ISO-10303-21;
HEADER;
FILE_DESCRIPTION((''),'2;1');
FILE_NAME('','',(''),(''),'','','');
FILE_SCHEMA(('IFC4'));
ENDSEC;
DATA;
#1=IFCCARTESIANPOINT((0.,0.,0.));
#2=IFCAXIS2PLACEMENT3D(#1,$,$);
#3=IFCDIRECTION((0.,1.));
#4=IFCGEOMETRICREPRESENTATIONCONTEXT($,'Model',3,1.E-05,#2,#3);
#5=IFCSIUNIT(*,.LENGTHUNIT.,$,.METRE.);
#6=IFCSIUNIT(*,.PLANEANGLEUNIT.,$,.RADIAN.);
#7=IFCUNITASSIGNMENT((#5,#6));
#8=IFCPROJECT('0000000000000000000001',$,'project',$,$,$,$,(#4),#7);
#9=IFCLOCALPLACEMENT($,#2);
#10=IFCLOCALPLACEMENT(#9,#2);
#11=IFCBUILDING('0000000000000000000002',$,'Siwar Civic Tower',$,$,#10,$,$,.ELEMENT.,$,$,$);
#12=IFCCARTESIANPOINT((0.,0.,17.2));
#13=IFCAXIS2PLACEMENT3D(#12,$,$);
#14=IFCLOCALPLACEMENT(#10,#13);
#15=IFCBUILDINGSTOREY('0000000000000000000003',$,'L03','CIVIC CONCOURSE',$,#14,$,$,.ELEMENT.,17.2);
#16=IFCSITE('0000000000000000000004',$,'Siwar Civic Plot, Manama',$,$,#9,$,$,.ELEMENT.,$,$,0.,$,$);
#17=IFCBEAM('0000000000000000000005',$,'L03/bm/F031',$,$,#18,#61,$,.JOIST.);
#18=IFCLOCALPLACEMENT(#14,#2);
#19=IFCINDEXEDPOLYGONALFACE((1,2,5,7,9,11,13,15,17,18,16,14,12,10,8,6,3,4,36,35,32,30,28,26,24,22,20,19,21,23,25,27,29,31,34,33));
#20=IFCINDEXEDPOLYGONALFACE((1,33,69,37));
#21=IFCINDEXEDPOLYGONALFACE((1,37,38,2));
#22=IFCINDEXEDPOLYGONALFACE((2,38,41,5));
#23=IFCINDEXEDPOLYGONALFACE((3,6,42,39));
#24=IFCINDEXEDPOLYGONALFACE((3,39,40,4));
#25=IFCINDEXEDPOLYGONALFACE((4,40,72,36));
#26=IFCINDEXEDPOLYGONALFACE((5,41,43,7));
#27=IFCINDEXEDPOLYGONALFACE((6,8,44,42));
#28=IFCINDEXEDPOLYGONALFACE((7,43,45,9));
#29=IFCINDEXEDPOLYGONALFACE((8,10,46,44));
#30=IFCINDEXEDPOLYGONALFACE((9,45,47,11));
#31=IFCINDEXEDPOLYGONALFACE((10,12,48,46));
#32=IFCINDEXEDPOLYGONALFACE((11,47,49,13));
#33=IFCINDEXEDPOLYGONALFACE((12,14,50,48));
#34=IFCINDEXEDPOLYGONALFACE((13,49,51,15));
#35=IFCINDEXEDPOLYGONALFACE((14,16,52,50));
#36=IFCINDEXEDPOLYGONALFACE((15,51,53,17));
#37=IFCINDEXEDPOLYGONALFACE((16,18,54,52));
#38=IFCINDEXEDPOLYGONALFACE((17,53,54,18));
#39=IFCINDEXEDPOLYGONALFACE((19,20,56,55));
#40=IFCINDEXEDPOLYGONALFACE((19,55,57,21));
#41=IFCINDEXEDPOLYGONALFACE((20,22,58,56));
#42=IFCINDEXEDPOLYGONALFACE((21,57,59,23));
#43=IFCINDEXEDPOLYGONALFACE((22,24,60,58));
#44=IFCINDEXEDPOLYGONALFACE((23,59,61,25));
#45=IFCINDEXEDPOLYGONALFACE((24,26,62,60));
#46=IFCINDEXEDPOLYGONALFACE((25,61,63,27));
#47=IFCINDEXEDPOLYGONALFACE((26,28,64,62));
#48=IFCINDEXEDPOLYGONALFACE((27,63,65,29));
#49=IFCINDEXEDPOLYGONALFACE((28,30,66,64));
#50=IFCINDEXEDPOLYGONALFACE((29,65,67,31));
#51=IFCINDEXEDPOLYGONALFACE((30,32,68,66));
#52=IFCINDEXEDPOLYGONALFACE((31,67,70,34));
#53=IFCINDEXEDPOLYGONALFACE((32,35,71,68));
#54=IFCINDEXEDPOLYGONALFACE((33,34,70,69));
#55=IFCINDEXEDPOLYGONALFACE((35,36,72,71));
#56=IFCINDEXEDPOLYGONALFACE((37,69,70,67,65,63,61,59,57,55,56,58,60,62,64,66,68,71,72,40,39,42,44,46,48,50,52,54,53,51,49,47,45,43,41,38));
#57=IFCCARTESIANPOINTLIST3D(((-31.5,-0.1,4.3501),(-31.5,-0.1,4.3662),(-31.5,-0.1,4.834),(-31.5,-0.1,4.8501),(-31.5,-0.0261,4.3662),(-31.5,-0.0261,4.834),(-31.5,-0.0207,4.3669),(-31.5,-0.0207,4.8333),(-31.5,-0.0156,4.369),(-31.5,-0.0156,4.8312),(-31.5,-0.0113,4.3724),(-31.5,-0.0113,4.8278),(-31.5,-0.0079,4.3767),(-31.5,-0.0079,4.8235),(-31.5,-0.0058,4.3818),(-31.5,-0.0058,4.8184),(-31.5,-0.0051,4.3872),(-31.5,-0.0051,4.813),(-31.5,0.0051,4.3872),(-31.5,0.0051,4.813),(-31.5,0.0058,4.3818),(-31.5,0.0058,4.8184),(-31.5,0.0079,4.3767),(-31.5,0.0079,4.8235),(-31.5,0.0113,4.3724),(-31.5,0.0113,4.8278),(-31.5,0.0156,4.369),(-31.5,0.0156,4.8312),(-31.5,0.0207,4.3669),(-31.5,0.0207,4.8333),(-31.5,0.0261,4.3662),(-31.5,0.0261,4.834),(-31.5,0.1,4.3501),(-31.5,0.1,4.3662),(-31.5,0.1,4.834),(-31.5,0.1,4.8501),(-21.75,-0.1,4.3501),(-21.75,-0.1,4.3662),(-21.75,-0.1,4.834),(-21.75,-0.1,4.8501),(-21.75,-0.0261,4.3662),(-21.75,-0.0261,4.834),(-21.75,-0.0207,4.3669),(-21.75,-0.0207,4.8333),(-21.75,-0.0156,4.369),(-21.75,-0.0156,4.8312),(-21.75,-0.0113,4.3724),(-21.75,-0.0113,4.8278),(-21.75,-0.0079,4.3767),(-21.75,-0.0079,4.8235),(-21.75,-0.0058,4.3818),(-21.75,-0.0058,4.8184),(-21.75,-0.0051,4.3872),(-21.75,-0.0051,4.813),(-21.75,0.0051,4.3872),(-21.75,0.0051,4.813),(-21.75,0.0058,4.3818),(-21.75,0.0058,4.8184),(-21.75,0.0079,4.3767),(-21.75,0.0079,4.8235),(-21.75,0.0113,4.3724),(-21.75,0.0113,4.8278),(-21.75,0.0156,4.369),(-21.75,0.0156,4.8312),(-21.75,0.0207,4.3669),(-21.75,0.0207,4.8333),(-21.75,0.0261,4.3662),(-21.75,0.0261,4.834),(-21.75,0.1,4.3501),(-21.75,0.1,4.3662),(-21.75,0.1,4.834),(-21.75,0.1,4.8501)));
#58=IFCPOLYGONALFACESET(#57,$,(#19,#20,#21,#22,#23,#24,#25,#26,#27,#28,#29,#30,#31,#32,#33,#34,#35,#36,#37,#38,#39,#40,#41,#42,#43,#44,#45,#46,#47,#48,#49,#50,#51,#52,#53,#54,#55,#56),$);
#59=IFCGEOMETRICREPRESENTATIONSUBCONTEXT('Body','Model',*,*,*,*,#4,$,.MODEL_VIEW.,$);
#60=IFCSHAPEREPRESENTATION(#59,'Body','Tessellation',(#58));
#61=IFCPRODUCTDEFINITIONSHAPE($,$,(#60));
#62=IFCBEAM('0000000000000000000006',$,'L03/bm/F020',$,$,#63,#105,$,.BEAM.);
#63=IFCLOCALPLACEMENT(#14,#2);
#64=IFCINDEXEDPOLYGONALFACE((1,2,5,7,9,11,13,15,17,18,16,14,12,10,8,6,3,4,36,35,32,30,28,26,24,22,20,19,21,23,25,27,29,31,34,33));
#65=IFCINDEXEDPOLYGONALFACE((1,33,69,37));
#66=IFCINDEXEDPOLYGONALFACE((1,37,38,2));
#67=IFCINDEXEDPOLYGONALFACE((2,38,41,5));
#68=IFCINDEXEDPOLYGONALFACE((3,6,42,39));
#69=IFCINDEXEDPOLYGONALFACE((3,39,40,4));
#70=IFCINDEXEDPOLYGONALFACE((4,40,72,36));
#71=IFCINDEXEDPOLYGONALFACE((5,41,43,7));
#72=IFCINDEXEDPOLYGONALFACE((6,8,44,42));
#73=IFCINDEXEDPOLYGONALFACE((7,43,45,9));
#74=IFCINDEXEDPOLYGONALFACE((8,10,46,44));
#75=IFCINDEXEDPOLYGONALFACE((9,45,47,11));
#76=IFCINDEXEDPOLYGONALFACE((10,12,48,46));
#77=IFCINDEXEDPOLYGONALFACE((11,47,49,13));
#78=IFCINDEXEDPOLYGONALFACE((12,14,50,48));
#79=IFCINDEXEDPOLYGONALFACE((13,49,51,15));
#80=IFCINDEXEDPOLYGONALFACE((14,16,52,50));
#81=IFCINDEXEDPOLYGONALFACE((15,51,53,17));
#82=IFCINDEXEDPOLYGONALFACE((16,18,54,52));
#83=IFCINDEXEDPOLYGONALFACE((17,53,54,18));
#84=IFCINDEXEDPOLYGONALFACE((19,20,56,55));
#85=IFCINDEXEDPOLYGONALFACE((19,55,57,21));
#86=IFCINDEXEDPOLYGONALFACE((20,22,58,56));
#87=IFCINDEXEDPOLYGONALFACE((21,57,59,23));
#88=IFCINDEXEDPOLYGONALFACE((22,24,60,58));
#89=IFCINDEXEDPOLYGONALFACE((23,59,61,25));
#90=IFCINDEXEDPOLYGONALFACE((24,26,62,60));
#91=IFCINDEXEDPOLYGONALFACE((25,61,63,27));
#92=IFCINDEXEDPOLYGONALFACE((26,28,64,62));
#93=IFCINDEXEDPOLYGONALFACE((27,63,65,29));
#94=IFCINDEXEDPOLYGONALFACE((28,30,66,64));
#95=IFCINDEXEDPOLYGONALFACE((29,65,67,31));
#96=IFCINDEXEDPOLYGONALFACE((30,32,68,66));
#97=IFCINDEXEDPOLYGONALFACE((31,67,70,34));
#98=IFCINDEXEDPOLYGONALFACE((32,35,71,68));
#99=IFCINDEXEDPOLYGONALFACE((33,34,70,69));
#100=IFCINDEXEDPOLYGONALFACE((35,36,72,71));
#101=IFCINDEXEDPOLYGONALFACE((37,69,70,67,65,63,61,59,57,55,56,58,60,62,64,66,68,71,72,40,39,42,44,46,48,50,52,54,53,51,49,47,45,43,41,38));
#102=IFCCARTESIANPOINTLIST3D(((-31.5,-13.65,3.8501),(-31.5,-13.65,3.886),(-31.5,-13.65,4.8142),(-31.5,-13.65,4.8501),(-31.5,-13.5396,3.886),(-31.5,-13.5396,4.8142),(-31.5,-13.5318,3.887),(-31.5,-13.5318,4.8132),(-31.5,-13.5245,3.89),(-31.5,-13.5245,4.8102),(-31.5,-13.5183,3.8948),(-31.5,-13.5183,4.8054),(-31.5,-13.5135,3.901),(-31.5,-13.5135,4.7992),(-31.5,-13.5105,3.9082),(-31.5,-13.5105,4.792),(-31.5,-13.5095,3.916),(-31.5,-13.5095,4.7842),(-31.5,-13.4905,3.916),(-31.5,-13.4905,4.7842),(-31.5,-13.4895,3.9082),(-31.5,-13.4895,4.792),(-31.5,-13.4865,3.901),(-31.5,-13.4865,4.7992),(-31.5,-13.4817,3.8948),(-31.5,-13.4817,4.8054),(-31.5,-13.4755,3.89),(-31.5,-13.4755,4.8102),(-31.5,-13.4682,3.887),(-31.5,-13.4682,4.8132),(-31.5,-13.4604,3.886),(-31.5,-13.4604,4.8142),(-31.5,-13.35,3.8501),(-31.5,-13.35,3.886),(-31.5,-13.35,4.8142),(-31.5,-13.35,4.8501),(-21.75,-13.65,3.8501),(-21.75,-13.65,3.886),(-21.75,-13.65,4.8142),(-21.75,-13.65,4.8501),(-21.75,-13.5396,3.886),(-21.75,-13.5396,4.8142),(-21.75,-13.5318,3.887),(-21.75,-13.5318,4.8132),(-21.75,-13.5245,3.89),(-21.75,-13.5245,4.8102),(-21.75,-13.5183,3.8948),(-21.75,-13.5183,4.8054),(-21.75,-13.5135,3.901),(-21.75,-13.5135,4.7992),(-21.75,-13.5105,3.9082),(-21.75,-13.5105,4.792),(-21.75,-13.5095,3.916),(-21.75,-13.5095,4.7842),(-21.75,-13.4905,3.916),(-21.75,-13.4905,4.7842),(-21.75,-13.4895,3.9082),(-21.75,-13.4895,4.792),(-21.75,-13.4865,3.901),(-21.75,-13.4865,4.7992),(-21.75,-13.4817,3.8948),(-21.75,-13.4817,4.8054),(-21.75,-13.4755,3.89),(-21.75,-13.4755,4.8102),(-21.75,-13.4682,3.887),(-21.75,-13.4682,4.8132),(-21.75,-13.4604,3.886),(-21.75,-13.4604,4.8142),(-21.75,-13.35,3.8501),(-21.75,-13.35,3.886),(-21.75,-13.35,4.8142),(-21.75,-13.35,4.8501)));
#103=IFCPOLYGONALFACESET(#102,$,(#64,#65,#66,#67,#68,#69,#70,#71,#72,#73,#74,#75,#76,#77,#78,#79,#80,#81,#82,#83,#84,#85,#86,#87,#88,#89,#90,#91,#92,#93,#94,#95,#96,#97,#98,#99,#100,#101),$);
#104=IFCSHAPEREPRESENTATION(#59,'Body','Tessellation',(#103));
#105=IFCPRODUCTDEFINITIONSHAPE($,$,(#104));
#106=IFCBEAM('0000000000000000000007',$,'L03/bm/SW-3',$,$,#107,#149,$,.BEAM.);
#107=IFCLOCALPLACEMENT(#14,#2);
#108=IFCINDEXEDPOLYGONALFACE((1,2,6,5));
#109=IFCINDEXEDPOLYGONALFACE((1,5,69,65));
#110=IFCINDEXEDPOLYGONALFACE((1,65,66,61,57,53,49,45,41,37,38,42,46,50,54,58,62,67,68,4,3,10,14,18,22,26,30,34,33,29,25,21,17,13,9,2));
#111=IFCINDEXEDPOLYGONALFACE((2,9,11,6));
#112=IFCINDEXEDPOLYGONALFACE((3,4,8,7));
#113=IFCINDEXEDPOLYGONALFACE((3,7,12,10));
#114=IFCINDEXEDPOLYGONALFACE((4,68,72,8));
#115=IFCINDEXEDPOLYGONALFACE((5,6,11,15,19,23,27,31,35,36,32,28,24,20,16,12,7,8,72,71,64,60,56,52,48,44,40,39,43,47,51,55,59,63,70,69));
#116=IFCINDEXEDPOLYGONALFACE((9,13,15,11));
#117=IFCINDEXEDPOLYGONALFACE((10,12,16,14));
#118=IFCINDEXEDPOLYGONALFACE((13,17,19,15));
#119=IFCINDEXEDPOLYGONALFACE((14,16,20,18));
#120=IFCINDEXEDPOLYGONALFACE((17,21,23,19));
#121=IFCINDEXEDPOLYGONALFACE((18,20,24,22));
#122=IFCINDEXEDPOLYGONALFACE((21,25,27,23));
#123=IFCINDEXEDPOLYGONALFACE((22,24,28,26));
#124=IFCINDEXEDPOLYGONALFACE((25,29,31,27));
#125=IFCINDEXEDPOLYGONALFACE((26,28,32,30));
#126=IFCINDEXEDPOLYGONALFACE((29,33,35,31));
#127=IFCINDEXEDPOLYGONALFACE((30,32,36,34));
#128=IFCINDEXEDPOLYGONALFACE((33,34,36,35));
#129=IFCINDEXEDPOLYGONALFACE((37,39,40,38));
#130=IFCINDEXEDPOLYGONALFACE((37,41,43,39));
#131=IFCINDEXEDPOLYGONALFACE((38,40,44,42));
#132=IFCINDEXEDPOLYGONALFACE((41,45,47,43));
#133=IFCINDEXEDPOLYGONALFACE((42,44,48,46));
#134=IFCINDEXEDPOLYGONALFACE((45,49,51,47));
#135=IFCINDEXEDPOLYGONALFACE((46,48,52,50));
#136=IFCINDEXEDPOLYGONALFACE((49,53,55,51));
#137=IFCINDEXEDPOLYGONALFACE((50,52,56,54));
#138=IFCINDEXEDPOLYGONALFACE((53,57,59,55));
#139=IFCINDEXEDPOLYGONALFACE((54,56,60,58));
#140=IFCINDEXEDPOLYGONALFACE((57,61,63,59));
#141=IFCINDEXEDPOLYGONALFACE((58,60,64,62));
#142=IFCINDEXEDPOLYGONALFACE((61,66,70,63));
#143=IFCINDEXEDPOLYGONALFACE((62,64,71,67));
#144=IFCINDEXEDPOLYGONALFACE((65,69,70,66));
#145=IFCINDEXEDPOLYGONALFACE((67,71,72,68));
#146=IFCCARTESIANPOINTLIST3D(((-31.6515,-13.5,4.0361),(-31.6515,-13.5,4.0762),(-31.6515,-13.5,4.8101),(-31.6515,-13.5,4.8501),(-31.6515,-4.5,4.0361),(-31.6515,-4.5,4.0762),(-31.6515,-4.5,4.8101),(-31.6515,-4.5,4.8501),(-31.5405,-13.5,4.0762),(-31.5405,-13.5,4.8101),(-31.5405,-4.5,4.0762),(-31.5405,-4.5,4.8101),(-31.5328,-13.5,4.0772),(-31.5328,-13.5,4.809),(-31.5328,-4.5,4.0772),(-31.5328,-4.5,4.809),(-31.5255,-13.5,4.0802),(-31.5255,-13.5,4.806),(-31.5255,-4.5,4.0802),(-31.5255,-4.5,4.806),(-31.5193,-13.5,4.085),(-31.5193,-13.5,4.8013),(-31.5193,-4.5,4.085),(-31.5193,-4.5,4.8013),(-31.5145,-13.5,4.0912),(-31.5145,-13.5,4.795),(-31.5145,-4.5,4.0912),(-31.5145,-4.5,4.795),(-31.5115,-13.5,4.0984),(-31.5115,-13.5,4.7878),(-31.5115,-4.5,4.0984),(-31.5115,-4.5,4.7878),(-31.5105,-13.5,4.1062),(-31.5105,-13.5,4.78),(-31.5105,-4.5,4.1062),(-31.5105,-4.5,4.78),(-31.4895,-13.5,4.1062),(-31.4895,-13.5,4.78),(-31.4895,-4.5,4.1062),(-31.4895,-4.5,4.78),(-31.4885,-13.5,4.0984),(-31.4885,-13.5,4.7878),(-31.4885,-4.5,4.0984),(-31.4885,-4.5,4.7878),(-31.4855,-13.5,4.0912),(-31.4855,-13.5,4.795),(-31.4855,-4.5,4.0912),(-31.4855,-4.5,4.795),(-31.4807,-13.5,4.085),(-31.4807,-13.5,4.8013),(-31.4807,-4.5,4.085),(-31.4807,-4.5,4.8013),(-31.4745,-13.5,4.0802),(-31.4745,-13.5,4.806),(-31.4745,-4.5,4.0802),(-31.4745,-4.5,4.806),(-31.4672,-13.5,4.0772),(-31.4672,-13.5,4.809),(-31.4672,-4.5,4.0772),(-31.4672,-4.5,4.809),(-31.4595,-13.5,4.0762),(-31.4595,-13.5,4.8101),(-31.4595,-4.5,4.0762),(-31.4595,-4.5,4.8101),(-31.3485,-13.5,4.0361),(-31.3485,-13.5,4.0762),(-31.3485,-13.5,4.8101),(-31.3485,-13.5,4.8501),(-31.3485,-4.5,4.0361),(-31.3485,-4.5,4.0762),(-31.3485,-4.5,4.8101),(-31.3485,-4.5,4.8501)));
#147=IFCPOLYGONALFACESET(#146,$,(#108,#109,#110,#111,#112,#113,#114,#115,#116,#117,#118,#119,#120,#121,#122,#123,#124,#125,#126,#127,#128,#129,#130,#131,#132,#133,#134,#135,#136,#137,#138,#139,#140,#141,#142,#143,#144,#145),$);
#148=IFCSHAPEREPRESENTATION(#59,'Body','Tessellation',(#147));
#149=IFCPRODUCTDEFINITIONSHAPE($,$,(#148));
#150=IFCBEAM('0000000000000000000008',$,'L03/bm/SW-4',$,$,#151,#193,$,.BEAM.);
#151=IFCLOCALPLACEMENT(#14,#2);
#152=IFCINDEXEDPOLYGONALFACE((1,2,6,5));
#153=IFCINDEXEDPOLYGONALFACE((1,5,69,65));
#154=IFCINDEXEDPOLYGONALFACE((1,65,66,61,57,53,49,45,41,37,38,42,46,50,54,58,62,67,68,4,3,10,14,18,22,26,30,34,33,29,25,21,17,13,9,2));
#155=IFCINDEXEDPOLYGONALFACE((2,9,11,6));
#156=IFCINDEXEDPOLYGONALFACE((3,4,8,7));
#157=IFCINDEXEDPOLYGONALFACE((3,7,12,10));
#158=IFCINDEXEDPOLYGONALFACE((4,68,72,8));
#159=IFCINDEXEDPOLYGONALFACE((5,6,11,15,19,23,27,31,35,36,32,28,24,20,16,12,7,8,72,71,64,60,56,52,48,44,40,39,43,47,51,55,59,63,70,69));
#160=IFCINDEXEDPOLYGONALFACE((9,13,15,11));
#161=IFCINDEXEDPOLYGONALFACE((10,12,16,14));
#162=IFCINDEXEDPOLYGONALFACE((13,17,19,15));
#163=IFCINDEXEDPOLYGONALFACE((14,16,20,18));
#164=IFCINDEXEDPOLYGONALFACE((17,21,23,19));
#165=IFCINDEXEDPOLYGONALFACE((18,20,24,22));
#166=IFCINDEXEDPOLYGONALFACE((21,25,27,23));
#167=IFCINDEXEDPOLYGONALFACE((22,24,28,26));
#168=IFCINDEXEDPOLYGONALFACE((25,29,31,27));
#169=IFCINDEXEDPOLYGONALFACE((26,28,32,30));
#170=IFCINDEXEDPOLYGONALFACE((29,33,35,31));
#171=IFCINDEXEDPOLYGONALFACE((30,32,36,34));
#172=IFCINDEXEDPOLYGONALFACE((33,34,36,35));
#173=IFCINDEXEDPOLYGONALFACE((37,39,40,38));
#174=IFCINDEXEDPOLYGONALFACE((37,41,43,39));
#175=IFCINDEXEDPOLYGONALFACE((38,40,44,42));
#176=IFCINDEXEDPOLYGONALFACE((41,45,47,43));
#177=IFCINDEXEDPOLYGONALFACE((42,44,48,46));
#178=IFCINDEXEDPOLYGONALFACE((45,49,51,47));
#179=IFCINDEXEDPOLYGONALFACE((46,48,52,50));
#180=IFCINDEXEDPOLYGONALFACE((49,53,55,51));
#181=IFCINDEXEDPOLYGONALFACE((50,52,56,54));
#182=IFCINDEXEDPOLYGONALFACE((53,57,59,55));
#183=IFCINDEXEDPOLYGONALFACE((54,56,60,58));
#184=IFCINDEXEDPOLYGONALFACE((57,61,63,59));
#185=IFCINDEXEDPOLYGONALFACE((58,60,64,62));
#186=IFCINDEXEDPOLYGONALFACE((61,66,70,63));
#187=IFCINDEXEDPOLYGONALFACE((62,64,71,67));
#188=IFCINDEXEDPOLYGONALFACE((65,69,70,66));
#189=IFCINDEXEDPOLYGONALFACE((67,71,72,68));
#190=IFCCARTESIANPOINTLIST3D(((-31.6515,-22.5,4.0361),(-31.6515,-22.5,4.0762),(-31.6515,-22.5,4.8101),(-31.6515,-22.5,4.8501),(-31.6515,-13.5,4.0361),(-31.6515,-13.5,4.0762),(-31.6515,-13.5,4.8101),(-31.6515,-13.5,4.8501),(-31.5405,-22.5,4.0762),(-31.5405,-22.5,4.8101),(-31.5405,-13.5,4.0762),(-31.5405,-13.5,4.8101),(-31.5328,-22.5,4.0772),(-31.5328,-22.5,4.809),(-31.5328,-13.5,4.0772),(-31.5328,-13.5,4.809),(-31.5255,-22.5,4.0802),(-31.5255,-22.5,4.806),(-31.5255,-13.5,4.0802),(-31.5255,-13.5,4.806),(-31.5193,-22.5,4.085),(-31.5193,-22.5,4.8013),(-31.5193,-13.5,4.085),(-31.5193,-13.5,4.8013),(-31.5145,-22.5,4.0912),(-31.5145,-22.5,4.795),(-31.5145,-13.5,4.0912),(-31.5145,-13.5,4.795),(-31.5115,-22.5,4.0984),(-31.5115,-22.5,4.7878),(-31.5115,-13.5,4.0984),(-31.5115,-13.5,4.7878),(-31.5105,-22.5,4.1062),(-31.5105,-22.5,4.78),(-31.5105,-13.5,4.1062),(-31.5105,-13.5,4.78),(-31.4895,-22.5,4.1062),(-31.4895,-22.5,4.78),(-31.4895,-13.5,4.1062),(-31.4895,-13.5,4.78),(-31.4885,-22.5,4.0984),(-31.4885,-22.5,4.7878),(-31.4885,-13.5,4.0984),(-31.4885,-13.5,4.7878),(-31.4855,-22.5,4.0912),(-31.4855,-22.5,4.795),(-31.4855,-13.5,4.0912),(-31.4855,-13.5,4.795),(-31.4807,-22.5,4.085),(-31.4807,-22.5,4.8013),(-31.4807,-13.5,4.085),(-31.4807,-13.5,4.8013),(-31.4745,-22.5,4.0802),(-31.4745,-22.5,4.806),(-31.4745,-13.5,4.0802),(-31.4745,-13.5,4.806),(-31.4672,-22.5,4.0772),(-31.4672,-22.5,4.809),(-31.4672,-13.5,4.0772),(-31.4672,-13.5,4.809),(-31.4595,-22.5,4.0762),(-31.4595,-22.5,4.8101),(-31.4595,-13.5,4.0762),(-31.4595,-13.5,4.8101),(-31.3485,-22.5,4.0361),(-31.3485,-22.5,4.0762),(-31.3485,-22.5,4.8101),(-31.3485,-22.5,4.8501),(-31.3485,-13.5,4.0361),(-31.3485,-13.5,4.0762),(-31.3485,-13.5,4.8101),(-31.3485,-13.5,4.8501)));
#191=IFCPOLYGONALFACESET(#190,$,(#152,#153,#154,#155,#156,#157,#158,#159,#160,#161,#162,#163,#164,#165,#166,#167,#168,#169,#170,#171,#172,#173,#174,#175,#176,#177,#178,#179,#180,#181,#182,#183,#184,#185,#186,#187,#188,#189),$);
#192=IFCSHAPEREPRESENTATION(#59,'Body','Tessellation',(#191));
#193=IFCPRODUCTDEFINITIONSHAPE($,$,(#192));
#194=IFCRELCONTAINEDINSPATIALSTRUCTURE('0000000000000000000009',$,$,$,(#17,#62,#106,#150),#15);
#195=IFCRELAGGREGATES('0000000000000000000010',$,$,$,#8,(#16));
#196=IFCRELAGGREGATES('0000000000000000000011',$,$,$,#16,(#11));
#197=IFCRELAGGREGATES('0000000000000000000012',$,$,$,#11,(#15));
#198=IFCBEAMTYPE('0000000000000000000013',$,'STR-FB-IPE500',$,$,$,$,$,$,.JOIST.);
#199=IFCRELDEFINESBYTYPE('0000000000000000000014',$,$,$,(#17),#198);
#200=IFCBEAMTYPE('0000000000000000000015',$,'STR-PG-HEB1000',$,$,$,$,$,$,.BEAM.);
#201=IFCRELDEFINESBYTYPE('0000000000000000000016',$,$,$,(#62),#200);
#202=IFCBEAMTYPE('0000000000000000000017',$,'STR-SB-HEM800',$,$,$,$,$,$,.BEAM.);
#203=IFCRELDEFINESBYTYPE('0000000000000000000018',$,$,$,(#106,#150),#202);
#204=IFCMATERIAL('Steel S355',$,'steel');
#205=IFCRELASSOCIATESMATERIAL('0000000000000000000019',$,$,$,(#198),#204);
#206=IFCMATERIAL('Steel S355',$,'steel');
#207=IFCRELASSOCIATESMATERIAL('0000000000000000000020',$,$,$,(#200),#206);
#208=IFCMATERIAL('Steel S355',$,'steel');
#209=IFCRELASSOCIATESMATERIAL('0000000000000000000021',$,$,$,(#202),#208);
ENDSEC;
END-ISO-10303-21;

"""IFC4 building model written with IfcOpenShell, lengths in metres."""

from ifc_helpers import new_model, si_unit, direction, frame, origin, origin_2d, place, context, subcontext, project, spatial, i_section, extrude, material, material_profile, profile_set, type_object, element, save


model = new_model("IFC4")

# Units and contexts
model_context = context("Model", 3, precision=1e-05, world=origin(), true_north=direction((0.0, 1.0)))
body_context = subcontext(model_context, "Body", "Model", "MODEL_VIEW")
ifc_project = project(units=[si_unit("LENGTHUNIT", "METRE"), si_unit("PLANEANGLEUNIT", "RADIAN")], contexts=[model_context])

# Site, building, storey
site_placement = place(None, origin())
site = spatial("IfcSite", under=ifc_project, at=site_placement, Name="Siwar Civic Plot, Manama", CompositionType="ELEMENT", RefElevation=0.0)
building_placement = place(site_placement, origin())
building = spatial("IfcBuilding", under=site, at=building_placement, Name="Siwar Civic Tower", CompositionType="ELEMENT")
storey_placement = place(building_placement, frame((0.0, 0.0, 17.2)))
storey = spatial("IfcBuildingStorey", under=building, at=storey_placement, Name="L03", Description="CIVIC CONCOURSE", CompositionType="ELEMENT", Elevation=17.2)

# Beams
ifc_material_1 = material(Name="Steel S355", Category="steel")
ifc_material_profile_1 = material_profile(ifc_material_1, i_section(OverallWidth=0.2, OverallDepth=0.5, WebThickness=0.0103, FlangeThickness=0.0161, FilletRadius=0.021, at=origin_2d()), Name="IPE500")
ifc_profile_set_1 = profile_set([ifc_material_profile_1], Name="Steel S355")
beam_type_1 = type_object("IfcBeamType", Name="STR-FB-IPE500", PredefinedType="JOIST", material=ifc_profile_set_1)
for number, where, z_axis, x_axis, name in (
    (1, (-31.5, 0.0, 4.6001), (1.0, 0.0, 0.0), (0.0, 1.0, 0.0), "L03/bm/F031"),
):
    element("IfcBeam", number, at=place(storey_placement, frame(where, z_axis=z_axis, x_axis=x_axis)), inside=storey, type_object=beam_type_1, Name=name, PredefinedType="JOIST", context=body_context, shape_type="SweptSolid", body=[
        extrude(i_section(OverallWidth=0.2, OverallDepth=0.5, WebThickness=0.0103, FlangeThickness=0.0161, FilletRadius=0.021, at=origin_2d()), origin(), (0.0, 0.0, 1.0), 9.75),
    ])
ifc_material_2 = material(Name="Steel S355", Category="steel")
ifc_material_profile_2 = material_profile(ifc_material_2, i_section(OverallWidth=0.3, OverallDepth=1.0, WebThickness=0.019, FlangeThickness=0.0359, FilletRadius=0.03, at=origin_2d()), Name="HEB1000")
ifc_profile_set_2 = profile_set([ifc_material_profile_2], Name="Steel S355")
beam_type_2 = type_object("IfcBeamType", Name="STR-PG-HEB1000", PredefinedType="BEAM", material=ifc_profile_set_2)
beam_1_placement = place(storey_placement, frame((-31.5, -13.5, 4.3501), z_axis=(1.0, 0.0, 0.0), x_axis=(0.0, 1.0, 0.0)))
element("IfcBeam", 2, at=beam_1_placement, inside=storey, type_object=beam_type_2, Name="L03/bm/F020", PredefinedType="BEAM", context=body_context, shape_type="SweptSolid", body=[
    extrude(i_section(OverallWidth=0.3, OverallDepth=1.0, WebThickness=0.019, FlangeThickness=0.0359, FilletRadius=0.03, at=origin_2d()), origin(), (0.0, 0.0, 1.0), 9.75),
])
ifc_material_3 = material(Name="Steel S355", Category="steel")
ifc_material_profile_3 = material_profile(ifc_material_3, i_section(OverallWidth=0.303, OverallDepth=0.814, WebThickness=0.021, FlangeThickness=0.04, FilletRadius=0.03, at=origin_2d()), Name="HEM800")
ifc_profile_set_3 = profile_set([ifc_material_profile_3], Name="Steel S355")
beam_type_3 = type_object("IfcBeamType", Name="STR-SB-HEM800", PredefinedType="BEAM", material=ifc_profile_set_3)
for number, where, z_axis, x_axis, name in (
    (3, (-31.5, -4.5, 4.4431), (0.0, -1.0, 0.0), (1.0, 0.0, 0.0), "L03/bm/SW-3"),
    (4, (-31.5, -13.5, 4.4431), (0.0, -1.0, 0.0), (1.0, 0.0, 0.0), "L03/bm/SW-4"),
):
    element("IfcBeam", number, at=place(storey_placement, frame(where, z_axis=z_axis, x_axis=x_axis)), inside=storey, type_object=beam_type_3, Name=name, PredefinedType="BEAM", context=body_context, shape_type="SweptSolid", body=[
        extrude(i_section(OverallWidth=0.303, OverallDepth=0.814, WebThickness=0.021, FlangeThickness=0.04, FilletRadius=0.03, at=origin_2d()), origin(), (0.0, 0.0, 1.0), 9.0),
    ])

save(model, "model.ifc")
